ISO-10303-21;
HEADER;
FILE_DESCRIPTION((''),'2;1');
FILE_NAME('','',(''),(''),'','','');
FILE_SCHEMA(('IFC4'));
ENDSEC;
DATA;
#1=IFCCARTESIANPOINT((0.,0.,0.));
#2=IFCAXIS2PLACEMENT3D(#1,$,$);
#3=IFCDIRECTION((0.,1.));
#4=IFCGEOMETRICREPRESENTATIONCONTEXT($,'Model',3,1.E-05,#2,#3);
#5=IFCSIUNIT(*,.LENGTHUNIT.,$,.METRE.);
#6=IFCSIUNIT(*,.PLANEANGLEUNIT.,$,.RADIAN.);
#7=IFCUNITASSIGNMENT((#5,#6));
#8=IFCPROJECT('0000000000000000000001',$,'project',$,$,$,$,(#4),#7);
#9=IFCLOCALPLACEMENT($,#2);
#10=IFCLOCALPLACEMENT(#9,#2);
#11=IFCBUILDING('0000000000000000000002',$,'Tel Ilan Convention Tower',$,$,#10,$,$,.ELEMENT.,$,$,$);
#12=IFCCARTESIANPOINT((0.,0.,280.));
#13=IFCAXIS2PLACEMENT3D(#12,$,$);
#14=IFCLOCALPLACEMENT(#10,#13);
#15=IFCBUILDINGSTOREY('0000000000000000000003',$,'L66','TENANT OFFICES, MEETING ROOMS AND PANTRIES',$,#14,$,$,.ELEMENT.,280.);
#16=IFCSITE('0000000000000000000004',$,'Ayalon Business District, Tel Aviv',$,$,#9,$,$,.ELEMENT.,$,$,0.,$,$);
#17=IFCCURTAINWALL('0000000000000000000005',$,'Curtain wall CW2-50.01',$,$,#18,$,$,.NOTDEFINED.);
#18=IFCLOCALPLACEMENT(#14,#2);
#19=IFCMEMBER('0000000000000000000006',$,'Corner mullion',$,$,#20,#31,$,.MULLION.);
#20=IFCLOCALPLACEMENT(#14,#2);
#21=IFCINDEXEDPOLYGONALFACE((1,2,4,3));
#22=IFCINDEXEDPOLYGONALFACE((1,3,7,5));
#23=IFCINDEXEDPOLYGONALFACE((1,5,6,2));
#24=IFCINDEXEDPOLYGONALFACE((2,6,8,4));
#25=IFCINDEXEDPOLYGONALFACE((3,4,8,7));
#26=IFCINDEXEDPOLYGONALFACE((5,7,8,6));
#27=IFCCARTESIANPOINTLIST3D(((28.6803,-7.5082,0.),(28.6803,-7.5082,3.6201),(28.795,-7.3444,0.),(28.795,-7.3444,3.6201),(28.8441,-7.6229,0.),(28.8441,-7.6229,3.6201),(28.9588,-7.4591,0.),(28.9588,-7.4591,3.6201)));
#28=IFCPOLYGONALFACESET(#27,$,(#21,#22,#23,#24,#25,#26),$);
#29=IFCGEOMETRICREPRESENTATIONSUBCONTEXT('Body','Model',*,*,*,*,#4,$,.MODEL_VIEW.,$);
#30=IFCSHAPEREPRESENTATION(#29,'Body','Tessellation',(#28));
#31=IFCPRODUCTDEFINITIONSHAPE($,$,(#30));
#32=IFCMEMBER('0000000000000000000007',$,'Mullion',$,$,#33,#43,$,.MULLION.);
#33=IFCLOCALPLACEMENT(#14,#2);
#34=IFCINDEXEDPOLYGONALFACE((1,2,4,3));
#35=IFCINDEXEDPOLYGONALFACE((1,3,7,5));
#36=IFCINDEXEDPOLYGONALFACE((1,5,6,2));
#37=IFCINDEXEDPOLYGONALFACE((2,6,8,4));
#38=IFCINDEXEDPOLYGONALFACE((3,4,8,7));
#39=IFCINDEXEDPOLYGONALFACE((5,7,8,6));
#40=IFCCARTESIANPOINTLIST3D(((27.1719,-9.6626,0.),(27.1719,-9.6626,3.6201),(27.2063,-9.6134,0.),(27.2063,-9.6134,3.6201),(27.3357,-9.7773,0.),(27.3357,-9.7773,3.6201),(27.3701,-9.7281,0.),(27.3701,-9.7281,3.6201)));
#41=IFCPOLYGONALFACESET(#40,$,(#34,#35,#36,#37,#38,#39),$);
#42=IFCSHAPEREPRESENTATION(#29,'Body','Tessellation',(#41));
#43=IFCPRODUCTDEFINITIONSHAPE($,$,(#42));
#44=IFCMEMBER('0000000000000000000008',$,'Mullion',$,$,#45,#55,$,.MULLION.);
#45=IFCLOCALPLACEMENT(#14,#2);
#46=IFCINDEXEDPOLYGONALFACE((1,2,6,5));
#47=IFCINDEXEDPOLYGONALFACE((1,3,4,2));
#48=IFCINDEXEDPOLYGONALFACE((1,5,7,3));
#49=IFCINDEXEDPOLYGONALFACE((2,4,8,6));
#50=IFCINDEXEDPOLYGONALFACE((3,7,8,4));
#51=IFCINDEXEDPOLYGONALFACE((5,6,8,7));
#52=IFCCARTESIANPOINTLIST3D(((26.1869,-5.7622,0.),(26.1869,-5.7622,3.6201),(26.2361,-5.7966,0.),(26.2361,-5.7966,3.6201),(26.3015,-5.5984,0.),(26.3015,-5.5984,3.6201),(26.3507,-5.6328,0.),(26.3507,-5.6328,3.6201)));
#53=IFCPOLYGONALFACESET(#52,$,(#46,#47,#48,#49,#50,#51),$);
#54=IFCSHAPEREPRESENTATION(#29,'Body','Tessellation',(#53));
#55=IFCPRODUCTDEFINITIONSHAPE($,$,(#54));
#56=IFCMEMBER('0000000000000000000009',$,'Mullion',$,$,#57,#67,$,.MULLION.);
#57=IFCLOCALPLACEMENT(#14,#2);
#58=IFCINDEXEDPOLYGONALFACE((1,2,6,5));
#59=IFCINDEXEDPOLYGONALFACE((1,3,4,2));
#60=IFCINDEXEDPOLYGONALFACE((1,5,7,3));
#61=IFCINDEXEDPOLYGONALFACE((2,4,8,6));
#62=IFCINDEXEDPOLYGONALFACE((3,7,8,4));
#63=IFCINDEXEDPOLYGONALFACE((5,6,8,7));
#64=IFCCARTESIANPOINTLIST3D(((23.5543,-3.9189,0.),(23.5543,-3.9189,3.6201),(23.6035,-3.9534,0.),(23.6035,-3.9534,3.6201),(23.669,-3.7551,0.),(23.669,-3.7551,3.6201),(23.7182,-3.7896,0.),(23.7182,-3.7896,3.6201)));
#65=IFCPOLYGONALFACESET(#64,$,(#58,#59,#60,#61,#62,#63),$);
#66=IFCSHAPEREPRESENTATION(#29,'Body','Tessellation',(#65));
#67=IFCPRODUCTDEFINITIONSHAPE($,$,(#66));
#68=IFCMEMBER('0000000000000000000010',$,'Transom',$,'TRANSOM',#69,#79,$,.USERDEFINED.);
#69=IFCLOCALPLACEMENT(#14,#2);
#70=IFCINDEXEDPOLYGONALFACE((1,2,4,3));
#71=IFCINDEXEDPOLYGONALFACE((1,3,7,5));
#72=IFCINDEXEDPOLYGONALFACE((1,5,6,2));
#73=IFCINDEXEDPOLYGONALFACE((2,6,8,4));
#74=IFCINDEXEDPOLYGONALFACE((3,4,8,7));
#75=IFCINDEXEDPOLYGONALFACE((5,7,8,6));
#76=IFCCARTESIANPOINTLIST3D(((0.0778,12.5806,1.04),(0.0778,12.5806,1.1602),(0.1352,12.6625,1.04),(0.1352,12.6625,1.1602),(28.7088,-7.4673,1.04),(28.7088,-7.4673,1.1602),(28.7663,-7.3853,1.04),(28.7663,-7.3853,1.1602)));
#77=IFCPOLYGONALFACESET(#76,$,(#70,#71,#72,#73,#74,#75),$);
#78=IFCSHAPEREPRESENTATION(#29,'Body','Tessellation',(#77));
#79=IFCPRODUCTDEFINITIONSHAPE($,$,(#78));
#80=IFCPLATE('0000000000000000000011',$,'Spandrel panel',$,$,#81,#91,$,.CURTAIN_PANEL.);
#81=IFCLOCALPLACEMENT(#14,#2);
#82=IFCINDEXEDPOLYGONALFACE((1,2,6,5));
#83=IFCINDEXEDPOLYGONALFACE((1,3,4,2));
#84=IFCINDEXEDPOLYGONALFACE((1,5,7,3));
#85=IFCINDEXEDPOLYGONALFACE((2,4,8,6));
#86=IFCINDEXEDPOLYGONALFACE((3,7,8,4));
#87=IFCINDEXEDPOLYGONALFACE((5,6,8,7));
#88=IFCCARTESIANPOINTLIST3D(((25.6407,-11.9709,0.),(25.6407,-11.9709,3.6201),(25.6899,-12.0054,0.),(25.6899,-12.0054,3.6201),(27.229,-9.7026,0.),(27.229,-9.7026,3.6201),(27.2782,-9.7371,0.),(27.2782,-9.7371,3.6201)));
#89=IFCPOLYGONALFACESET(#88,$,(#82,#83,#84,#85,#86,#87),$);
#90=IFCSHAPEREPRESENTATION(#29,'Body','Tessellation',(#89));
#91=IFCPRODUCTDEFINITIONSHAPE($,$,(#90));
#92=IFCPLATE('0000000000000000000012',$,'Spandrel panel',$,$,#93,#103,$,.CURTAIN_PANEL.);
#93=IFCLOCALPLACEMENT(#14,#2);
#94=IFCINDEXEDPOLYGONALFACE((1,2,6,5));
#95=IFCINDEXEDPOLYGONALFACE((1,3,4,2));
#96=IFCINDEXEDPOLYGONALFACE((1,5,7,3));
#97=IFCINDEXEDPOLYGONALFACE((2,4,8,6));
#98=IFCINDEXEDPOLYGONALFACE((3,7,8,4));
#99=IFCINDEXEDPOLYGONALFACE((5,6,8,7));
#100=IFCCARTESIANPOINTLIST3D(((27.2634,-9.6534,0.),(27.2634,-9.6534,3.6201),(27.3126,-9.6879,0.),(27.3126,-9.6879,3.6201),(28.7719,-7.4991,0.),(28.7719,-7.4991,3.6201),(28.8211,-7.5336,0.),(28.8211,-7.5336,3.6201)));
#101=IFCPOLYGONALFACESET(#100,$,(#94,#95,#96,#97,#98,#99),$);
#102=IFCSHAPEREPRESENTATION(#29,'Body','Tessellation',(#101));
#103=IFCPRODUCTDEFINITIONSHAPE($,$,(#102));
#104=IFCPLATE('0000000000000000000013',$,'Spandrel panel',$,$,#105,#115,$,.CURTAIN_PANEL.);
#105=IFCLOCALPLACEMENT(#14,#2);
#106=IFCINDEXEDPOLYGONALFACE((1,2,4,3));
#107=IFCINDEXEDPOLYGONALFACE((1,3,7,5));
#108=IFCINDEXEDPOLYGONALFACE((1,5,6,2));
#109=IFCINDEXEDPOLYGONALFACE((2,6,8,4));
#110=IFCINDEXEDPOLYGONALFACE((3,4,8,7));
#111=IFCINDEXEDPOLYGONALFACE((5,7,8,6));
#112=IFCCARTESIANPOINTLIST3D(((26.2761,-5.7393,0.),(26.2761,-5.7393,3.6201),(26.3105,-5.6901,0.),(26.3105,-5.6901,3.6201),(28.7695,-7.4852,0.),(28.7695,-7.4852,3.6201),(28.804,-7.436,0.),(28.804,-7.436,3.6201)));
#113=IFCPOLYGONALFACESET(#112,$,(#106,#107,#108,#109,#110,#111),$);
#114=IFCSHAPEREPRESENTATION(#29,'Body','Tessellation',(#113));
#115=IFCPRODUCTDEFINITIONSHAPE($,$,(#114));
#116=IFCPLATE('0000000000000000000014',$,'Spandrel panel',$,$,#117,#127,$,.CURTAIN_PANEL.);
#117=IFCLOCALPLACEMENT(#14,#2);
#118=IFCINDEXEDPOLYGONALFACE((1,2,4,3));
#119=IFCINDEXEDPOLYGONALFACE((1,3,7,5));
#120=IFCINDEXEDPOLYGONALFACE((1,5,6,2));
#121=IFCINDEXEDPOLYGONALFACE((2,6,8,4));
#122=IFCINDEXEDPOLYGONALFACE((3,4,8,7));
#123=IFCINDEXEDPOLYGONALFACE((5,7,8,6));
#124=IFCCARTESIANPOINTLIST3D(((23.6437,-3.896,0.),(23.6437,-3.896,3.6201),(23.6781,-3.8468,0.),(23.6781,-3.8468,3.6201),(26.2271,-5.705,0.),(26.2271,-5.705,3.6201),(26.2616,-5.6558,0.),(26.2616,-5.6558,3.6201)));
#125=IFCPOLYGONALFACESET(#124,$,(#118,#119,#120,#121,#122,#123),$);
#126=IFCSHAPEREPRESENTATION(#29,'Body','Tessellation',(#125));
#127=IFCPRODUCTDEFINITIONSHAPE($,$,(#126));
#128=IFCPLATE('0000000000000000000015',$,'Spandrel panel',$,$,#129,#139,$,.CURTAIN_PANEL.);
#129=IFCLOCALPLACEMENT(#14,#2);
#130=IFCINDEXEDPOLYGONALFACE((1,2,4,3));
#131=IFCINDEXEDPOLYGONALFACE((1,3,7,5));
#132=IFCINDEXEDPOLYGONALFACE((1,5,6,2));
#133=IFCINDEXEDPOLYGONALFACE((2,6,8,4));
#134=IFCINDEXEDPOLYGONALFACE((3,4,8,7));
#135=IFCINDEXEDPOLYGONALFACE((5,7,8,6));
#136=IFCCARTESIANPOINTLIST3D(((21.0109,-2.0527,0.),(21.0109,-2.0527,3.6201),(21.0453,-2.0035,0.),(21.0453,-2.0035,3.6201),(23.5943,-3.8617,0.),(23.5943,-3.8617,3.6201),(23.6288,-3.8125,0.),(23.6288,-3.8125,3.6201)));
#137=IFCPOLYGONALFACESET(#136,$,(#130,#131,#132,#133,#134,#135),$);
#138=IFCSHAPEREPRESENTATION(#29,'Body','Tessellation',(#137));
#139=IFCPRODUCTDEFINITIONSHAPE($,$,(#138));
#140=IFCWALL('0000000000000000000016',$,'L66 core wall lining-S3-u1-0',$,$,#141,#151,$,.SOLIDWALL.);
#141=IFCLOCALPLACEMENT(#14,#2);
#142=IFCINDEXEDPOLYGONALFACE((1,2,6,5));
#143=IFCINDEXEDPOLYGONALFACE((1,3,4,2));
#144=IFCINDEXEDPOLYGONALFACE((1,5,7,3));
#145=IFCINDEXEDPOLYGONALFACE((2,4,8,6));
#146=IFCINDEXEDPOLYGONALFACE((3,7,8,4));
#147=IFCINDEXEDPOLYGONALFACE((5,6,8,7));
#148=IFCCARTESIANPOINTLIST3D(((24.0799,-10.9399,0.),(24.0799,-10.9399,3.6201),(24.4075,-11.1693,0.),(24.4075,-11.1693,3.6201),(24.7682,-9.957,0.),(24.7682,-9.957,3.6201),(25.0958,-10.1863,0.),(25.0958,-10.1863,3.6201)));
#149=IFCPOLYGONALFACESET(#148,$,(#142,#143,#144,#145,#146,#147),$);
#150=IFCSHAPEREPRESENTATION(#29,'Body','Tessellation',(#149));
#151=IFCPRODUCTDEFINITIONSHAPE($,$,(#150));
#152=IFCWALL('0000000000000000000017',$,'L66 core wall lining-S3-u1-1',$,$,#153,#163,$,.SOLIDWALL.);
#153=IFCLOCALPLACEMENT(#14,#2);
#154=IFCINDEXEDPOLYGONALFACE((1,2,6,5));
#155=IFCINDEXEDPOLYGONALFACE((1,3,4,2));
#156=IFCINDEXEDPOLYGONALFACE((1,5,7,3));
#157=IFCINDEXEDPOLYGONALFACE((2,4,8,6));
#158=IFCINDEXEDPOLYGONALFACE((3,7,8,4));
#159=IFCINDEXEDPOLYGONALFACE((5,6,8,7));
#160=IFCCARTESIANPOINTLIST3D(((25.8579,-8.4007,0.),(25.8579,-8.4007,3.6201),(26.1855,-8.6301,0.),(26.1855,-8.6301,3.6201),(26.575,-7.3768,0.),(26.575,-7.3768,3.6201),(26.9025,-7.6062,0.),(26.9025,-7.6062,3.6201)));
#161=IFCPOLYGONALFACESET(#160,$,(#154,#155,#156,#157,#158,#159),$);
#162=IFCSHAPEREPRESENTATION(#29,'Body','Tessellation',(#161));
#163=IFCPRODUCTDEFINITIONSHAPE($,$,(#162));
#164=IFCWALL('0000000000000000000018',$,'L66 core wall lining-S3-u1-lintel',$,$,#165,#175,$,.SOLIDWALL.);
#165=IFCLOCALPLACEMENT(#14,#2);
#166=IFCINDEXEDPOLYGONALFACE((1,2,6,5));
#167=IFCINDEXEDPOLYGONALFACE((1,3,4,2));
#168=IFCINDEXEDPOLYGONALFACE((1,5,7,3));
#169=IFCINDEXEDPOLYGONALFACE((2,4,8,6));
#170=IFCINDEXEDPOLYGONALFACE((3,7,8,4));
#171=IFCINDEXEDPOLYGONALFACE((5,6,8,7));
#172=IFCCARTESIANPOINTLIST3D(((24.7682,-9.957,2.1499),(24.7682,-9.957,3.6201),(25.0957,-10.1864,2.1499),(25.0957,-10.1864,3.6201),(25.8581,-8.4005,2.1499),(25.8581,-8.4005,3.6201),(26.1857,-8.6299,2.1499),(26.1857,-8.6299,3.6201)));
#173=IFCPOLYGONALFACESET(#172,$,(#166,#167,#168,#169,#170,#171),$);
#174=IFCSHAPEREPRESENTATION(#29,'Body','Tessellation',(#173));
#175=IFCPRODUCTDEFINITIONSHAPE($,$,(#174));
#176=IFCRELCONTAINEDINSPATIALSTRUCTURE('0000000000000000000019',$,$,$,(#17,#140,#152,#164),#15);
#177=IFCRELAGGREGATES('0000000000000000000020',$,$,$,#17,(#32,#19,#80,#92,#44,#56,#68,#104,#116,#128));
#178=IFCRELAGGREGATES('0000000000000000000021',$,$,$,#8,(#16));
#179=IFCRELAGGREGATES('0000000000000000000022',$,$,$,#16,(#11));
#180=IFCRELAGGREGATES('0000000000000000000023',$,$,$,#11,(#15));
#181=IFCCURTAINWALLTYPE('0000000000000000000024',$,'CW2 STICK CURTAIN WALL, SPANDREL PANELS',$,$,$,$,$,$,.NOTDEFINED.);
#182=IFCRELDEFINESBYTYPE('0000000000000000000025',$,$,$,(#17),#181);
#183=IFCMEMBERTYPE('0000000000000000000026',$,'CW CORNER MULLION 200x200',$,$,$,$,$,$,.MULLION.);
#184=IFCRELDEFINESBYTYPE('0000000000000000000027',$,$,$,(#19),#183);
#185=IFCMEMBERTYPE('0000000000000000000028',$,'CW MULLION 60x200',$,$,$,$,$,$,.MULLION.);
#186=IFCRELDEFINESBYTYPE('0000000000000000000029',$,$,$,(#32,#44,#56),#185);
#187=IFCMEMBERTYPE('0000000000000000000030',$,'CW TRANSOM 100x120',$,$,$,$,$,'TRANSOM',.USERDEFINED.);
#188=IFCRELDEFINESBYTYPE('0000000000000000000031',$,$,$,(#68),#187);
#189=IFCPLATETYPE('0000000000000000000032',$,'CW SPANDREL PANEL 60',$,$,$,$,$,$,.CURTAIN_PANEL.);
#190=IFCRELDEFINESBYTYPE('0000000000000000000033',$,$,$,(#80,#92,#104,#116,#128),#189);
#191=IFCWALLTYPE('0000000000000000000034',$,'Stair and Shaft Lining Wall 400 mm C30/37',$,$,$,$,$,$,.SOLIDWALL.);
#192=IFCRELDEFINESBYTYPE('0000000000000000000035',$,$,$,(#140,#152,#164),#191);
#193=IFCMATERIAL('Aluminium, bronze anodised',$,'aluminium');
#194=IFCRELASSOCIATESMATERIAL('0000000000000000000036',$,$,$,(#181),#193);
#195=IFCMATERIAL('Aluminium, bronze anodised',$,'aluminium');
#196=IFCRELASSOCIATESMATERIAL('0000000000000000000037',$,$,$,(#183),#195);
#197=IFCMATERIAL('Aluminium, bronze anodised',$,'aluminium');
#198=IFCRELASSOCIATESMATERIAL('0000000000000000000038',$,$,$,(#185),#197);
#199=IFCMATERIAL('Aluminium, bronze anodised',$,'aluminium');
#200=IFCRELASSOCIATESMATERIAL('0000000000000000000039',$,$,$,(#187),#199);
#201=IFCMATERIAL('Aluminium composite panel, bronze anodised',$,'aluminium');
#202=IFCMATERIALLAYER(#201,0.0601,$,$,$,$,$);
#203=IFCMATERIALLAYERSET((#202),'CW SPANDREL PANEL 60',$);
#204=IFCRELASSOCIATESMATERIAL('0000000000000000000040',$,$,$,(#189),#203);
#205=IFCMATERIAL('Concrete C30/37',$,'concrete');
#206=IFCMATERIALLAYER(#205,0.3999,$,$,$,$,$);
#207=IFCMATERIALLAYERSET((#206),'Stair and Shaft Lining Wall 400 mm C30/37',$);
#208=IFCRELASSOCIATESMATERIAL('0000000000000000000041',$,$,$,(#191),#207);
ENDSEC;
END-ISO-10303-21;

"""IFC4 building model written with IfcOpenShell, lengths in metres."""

from ifc_helpers import new_model, si_unit, direction, frame, frame_2d, origin, origin_2d, place, context, subcontext, project, spatial, rectangle, extrude, material, layer, layer_set, material_profile, profile_set, type_object, element, aggregate, save


model = new_model("IFC4")

# Units and contexts
model_context = context("Model", 3, precision=1e-05, world=origin(), true_north=direction((0.0, 1.0)))
body_context = subcontext(model_context, "Body", "Model", "MODEL_VIEW")
ifc_project = project(units=[si_unit("LENGTHUNIT", "METRE"), si_unit("PLANEANGLEUNIT", "RADIAN")], contexts=[model_context])

# Site, building, storey
site_placement = place(None, origin())
site = spatial("IfcSite", under=ifc_project, at=site_placement, Name="Ayalon Business District, Tel Aviv", CompositionType="ELEMENT", RefElevation=0.0)
building_placement = place(site_placement, origin())
building = spatial("IfcBuilding", under=site, at=building_placement, Name="Tel Ilan Convention Tower", CompositionType="ELEMENT")
storey_placement = place(building_placement, frame((0.0, 0.0, 280.0)))
storey = spatial("IfcBuildingStorey", under=building, at=storey_placement, Name="L66", Description="TENANT OFFICES, MEETING ROOMS AND PANTRIES", CompositionType="ELEMENT", Elevation=280.0)

# Curtain wall, members, plates
ifc_material_1 = material(Name="Aluminium, bronze anodised", Category="aluminium")
curtain_wall_type = type_object("IfcCurtainWallType", Name="CW2 STICK CURTAIN WALL, SPANDREL PANELS", PredefinedType="NOTDEFINED", material=ifc_material_1)
curtain_wall_placement = place(storey_placement, origin())
curtain_wall = element("IfcCurtainWall", 1, at=curtain_wall_placement, inside=storey, type_object=curtain_wall_type, Name="Curtain wall CW2-50.01", PredefinedType="NOTDEFINED")
ifc_material_2 = material(Name="Aluminium, bronze anodised", Category="aluminium")
ifc_material_profile_1 = material_profile(ifc_material_2, rectangle(XDim=0.2, YDim=0.2, at=origin_2d()), Name="CW CORNER MULLION 200x200")
ifc_profile_set_1 = profile_set([ifc_material_profile_1], Name="Aluminium, bronze anodised")
member_type_1 = type_object("IfcMemberType", Name="CW CORNER MULLION 200x200", PredefinedType="MULLION", material=ifc_profile_set_1)
member_1_placement = place(storey_placement, frame((28.8196, -7.4836, 0.0), z_axis=(0.0, 0.0, 1.0), x_axis=(0.573576, 0.819152, 0.0)))
member_1 = element("IfcMember", 2, at=member_1_placement, type_object=member_type_1, Name="Corner mullion", PredefinedType="MULLION", context=body_context, shape_type="SweptSolid", body=[
    extrude(rectangle(XDim=0.2, YDim=0.2, at=origin_2d()), origin(), (0.0, 0.0, 1.0), 3.6201),
])
ifc_material_3 = material(Name="Aluminium, bronze anodised", Category="aluminium")
ifc_material_profile_2 = material_profile(ifc_material_3, rectangle(XDim=0.0601, YDim=0.2, at=origin_2d()), Name="CW MULLION 60x200")
ifc_profile_set_2 = profile_set([ifc_material_profile_2], Name="Aluminium, bronze anodised")
member_type_2 = type_object("IfcMemberType", Name="CW MULLION 60x200", PredefinedType="MULLION", material=ifc_profile_set_2)
member_2_placement = place(storey_placement, frame((27.271, -9.6953, 0.0), z_axis=(0.0, 0.0, 1.0), x_axis=(0.573576, 0.819152, 0.0)))
member_2 = element("IfcMember", 3, at=member_2_placement, type_object=member_type_2, Name="Mullion", PredefinedType="MULLION", context=body_context, shape_type="SweptSolid", body=[
    extrude(rectangle(XDim=0.0601, YDim=0.2, at=origin_2d()), origin(), (0.0, 0.0, 1.0), 3.6201),
])
member_3_placement = place(storey_placement, frame((26.2688, -5.6975, 0.0), z_axis=(0.0, 0.0, 1.0), x_axis=(-0.819152, 0.573576, 0.0)))
member_3 = element("IfcMember", 4, at=member_3_placement, type_object=member_type_2, Name="Mullion", PredefinedType="MULLION", context=body_context, shape_type="SweptSolid", body=[
    extrude(rectangle(XDim=0.0601, YDim=0.2, at=origin_2d()), origin(), (0.0, 0.0, 1.0), 3.6201),
])
member_4_placement = place(storey_placement, frame((23.6362, -3.8542, 0.0), z_axis=(0.0, 0.0, 1.0), x_axis=(-0.819152, 0.573576, 0.0)))
member_4 = element("IfcMember", 5, at=member_4_placement, type_object=member_type_2, Name="Mullion", PredefinedType="MULLION", context=body_context, shape_type="SweptSolid", body=[
    extrude(rectangle(XDim=0.0601, YDim=0.2, at=origin_2d()), origin(), (0.0, 0.0, 1.0), 3.6201),
])
ifc_material_4 = material(Name="Aluminium, bronze anodised", Category="aluminium")
ifc_material_profile_3 = material_profile(ifc_material_4, rectangle(XDim=0.1001, YDim=0.1201, at=origin_2d()), Name="CW TRANSOM 100x120")
ifc_profile_set_3 = profile_set([ifc_material_profile_3], Name="Aluminium, bronze anodised")
member_type_3 = type_object("IfcMemberType", Name="CW TRANSOM 100x120", ElementType="TRANSOM", PredefinedType="USERDEFINED", material=ifc_profile_set_3)
member_5_placement = place(storey_placement, frame((28.7375, -7.4263, 1.1001), z_axis=(-0.81915, 0.573579, 0.0), x_axis=(-0.573579, -0.81915, 0.0)))
member_5 = element("IfcMember", 6, at=member_5_placement, type_object=member_type_3, Name="Transom", ObjectType="TRANSOM", PredefinedType="USERDEFINED", context=body_context, shape_type="SweptSolid", body=[
    extrude(rectangle(XDim=0.1001, YDim=0.1201, at=origin_2d()), origin(), (0.0, 0.0, 1.0), 34.9521),
])
ifc_material_5 = material(Name="Aluminium composite panel, bronze anodised", Category="aluminium")
ifc_layer_1 = layer(ifc_material_5, 0.0601)
ifc_layer_set_1 = layer_set([ifc_layer_1], Name="CW SPANDREL PANEL 60")
plate_type = type_object("IfcPlateType", Name="CW SPANDREL PANEL 60", PredefinedType="CURTAIN_PANEL", material=ifc_layer_set_1)
plate_1_placement = place(storey_placement, frame((26.4595, -10.854, 0.0), z_axis=(0.0, 0.0, 1.0), x_axis=(0.573576, 0.819152, 0.0)))
plate_1 = element("IfcPlate", 7, at=plate_1_placement, type_object=plate_type, Name="Spandrel panel", PredefinedType="CURTAIN_PANEL", context=body_context, shape_type="SweptSolid", body=[
    extrude(rectangle(XDim=2.769, YDim=0.0601, at=origin_2d()), origin(), (0.0, 0.0, 1.0), 3.6201),
])
plate_2_placement = place(storey_placement, frame((28.0422, -8.5935, 0.0), z_axis=(0.0, 0.0, 1.0), x_axis=(0.573576, 0.819152, 0.0)))
plate_2 = element("IfcPlate", 8, at=plate_2_placement, type_object=plate_type, Name="Spandrel panel", PredefinedType="CURTAIN_PANEL", context=body_context, shape_type="SweptSolid", body=[
    extrude(rectangle(XDim=2.6299, YDim=0.0601, at=origin_2d()), origin(), (0.0, 0.0, 1.0), 3.6201),
])
plate_3_placement = place(storey_placement, frame((27.54, -6.5876, 0.0), z_axis=(0.0, 0.0, 1.0), x_axis=(-0.819152, 0.573576, 0.0)))
plate_3 = element("IfcPlate", 9, at=plate_3_placement, type_object=plate_type, Name="Spandrel panel", PredefinedType="CURTAIN_PANEL", context=body_context, shape_type="SweptSolid", body=[
    extrude(rectangle(XDim=3.0439, YDim=0.0601, at=origin_2d()), origin(), (0.0, 0.0, 1.0), 3.6201),
])
plate_4_placement = place(storey_placement, frame((24.9526, -4.7759, 0.0), z_axis=(0.0, 0.0, 1.0), x_axis=(-0.819152, 0.573576, 0.0)))
plate_4 = element("IfcPlate", 10, at=plate_4_placement, type_object=plate_type, Name="Spandrel panel", PredefinedType="CURTAIN_PANEL", context=body_context, shape_type="SweptSolid", body=[
    extrude(rectangle(XDim=3.1538, YDim=0.0601, at=origin_2d()), origin(), (0.0, 0.0, 1.0), 3.6201),
])
plate_5_placement = place(storey_placement, frame((22.3198, -2.9326, 0.0), z_axis=(0.0, 0.0, 1.0), x_axis=(-0.819152, 0.573576, 0.0)))
plate_5 = element("IfcPlate", 11, at=plate_5_placement, type_object=plate_type, Name="Spandrel panel", PredefinedType="CURTAIN_PANEL", context=body_context, shape_type="SweptSolid", body=[
    extrude(rectangle(XDim=3.1538, YDim=0.0601, at=origin_2d()), origin(), (0.0, 0.0, 1.0), 3.6201),
])
aggregate(curtain_wall, [member_2, member_1, plate_1, plate_2, member_3, member_4, member_5, plate_3, plate_4, plate_5])

# Walls
ifc_material_6 = material(Name="Concrete C30/37", Category="concrete")
ifc_layer_2 = layer(ifc_material_6, 0.3999)
ifc_layer_set_2 = layer_set([ifc_layer_2], Name="Stair and Shaft Lining Wall 400 mm C30/37")
wall_type = type_object("IfcWallType", Name="Stair and Shaft Lining Wall 400 mm C30/37", PredefinedType="SOLIDWALL", material=ifc_layer_set_2)
wall_1_placement = place(storey_placement, frame((24.2437, -11.0547, 0.0), z_axis=(0.0, 0.0, 1.0), x_axis=(0.573572, 0.819155, 0.0)))
element("IfcWall", 12, at=wall_1_placement, inside=storey, type_object=wall_type, Name="L66 core wall lining-S3-u1-0", PredefinedType="SOLIDWALL", context=body_context, shape_type="SweptSolid", body=[
    extrude(rectangle(XDim=1.2, YDim=0.3999, at=frame_2d((0.6001, 0.0))), origin(), (0.0, 0.0, 1.0), 3.6201),
])
wall_2_placement = place(storey_placement, frame((26.0217, -8.5154, 0.0), z_axis=(0.0, 0.0, 1.0), x_axis=(0.57362, 0.819122, 0.0)))
element("IfcWall", 13, at=wall_2_placement, inside=storey, type_object=wall_type, Name="L66 core wall lining-S3-u1-1", PredefinedType="SOLIDWALL", context=body_context, shape_type="SweptSolid", body=[
    extrude(rectangle(XDim=1.25, YDim=0.3999, at=frame_2d((0.625, 0.0))), origin(), (0.0, 0.0, 1.0), 3.6201),
])
wall_3_placement = place(storey_placement, frame((24.9319, -10.0718, 2.1499), z_axis=(0.0, 0.0, 1.0), x_axis=(0.573592, 0.819141, 0.0)))
element("IfcWall", 14, at=wall_3_placement, inside=storey, type_object=wall_type, Name="L66 core wall lining-S3-u1-lintel", PredefinedType="SOLIDWALL", context=body_context, shape_type="SweptSolid", body=[
    extrude(rectangle(XDim=1.9001, YDim=0.3999, at=frame_2d((0.9502, 0.0))), origin(), (0.0, 0.0, 1.0), 1.4702),
])

save(model, "model.ifc")
